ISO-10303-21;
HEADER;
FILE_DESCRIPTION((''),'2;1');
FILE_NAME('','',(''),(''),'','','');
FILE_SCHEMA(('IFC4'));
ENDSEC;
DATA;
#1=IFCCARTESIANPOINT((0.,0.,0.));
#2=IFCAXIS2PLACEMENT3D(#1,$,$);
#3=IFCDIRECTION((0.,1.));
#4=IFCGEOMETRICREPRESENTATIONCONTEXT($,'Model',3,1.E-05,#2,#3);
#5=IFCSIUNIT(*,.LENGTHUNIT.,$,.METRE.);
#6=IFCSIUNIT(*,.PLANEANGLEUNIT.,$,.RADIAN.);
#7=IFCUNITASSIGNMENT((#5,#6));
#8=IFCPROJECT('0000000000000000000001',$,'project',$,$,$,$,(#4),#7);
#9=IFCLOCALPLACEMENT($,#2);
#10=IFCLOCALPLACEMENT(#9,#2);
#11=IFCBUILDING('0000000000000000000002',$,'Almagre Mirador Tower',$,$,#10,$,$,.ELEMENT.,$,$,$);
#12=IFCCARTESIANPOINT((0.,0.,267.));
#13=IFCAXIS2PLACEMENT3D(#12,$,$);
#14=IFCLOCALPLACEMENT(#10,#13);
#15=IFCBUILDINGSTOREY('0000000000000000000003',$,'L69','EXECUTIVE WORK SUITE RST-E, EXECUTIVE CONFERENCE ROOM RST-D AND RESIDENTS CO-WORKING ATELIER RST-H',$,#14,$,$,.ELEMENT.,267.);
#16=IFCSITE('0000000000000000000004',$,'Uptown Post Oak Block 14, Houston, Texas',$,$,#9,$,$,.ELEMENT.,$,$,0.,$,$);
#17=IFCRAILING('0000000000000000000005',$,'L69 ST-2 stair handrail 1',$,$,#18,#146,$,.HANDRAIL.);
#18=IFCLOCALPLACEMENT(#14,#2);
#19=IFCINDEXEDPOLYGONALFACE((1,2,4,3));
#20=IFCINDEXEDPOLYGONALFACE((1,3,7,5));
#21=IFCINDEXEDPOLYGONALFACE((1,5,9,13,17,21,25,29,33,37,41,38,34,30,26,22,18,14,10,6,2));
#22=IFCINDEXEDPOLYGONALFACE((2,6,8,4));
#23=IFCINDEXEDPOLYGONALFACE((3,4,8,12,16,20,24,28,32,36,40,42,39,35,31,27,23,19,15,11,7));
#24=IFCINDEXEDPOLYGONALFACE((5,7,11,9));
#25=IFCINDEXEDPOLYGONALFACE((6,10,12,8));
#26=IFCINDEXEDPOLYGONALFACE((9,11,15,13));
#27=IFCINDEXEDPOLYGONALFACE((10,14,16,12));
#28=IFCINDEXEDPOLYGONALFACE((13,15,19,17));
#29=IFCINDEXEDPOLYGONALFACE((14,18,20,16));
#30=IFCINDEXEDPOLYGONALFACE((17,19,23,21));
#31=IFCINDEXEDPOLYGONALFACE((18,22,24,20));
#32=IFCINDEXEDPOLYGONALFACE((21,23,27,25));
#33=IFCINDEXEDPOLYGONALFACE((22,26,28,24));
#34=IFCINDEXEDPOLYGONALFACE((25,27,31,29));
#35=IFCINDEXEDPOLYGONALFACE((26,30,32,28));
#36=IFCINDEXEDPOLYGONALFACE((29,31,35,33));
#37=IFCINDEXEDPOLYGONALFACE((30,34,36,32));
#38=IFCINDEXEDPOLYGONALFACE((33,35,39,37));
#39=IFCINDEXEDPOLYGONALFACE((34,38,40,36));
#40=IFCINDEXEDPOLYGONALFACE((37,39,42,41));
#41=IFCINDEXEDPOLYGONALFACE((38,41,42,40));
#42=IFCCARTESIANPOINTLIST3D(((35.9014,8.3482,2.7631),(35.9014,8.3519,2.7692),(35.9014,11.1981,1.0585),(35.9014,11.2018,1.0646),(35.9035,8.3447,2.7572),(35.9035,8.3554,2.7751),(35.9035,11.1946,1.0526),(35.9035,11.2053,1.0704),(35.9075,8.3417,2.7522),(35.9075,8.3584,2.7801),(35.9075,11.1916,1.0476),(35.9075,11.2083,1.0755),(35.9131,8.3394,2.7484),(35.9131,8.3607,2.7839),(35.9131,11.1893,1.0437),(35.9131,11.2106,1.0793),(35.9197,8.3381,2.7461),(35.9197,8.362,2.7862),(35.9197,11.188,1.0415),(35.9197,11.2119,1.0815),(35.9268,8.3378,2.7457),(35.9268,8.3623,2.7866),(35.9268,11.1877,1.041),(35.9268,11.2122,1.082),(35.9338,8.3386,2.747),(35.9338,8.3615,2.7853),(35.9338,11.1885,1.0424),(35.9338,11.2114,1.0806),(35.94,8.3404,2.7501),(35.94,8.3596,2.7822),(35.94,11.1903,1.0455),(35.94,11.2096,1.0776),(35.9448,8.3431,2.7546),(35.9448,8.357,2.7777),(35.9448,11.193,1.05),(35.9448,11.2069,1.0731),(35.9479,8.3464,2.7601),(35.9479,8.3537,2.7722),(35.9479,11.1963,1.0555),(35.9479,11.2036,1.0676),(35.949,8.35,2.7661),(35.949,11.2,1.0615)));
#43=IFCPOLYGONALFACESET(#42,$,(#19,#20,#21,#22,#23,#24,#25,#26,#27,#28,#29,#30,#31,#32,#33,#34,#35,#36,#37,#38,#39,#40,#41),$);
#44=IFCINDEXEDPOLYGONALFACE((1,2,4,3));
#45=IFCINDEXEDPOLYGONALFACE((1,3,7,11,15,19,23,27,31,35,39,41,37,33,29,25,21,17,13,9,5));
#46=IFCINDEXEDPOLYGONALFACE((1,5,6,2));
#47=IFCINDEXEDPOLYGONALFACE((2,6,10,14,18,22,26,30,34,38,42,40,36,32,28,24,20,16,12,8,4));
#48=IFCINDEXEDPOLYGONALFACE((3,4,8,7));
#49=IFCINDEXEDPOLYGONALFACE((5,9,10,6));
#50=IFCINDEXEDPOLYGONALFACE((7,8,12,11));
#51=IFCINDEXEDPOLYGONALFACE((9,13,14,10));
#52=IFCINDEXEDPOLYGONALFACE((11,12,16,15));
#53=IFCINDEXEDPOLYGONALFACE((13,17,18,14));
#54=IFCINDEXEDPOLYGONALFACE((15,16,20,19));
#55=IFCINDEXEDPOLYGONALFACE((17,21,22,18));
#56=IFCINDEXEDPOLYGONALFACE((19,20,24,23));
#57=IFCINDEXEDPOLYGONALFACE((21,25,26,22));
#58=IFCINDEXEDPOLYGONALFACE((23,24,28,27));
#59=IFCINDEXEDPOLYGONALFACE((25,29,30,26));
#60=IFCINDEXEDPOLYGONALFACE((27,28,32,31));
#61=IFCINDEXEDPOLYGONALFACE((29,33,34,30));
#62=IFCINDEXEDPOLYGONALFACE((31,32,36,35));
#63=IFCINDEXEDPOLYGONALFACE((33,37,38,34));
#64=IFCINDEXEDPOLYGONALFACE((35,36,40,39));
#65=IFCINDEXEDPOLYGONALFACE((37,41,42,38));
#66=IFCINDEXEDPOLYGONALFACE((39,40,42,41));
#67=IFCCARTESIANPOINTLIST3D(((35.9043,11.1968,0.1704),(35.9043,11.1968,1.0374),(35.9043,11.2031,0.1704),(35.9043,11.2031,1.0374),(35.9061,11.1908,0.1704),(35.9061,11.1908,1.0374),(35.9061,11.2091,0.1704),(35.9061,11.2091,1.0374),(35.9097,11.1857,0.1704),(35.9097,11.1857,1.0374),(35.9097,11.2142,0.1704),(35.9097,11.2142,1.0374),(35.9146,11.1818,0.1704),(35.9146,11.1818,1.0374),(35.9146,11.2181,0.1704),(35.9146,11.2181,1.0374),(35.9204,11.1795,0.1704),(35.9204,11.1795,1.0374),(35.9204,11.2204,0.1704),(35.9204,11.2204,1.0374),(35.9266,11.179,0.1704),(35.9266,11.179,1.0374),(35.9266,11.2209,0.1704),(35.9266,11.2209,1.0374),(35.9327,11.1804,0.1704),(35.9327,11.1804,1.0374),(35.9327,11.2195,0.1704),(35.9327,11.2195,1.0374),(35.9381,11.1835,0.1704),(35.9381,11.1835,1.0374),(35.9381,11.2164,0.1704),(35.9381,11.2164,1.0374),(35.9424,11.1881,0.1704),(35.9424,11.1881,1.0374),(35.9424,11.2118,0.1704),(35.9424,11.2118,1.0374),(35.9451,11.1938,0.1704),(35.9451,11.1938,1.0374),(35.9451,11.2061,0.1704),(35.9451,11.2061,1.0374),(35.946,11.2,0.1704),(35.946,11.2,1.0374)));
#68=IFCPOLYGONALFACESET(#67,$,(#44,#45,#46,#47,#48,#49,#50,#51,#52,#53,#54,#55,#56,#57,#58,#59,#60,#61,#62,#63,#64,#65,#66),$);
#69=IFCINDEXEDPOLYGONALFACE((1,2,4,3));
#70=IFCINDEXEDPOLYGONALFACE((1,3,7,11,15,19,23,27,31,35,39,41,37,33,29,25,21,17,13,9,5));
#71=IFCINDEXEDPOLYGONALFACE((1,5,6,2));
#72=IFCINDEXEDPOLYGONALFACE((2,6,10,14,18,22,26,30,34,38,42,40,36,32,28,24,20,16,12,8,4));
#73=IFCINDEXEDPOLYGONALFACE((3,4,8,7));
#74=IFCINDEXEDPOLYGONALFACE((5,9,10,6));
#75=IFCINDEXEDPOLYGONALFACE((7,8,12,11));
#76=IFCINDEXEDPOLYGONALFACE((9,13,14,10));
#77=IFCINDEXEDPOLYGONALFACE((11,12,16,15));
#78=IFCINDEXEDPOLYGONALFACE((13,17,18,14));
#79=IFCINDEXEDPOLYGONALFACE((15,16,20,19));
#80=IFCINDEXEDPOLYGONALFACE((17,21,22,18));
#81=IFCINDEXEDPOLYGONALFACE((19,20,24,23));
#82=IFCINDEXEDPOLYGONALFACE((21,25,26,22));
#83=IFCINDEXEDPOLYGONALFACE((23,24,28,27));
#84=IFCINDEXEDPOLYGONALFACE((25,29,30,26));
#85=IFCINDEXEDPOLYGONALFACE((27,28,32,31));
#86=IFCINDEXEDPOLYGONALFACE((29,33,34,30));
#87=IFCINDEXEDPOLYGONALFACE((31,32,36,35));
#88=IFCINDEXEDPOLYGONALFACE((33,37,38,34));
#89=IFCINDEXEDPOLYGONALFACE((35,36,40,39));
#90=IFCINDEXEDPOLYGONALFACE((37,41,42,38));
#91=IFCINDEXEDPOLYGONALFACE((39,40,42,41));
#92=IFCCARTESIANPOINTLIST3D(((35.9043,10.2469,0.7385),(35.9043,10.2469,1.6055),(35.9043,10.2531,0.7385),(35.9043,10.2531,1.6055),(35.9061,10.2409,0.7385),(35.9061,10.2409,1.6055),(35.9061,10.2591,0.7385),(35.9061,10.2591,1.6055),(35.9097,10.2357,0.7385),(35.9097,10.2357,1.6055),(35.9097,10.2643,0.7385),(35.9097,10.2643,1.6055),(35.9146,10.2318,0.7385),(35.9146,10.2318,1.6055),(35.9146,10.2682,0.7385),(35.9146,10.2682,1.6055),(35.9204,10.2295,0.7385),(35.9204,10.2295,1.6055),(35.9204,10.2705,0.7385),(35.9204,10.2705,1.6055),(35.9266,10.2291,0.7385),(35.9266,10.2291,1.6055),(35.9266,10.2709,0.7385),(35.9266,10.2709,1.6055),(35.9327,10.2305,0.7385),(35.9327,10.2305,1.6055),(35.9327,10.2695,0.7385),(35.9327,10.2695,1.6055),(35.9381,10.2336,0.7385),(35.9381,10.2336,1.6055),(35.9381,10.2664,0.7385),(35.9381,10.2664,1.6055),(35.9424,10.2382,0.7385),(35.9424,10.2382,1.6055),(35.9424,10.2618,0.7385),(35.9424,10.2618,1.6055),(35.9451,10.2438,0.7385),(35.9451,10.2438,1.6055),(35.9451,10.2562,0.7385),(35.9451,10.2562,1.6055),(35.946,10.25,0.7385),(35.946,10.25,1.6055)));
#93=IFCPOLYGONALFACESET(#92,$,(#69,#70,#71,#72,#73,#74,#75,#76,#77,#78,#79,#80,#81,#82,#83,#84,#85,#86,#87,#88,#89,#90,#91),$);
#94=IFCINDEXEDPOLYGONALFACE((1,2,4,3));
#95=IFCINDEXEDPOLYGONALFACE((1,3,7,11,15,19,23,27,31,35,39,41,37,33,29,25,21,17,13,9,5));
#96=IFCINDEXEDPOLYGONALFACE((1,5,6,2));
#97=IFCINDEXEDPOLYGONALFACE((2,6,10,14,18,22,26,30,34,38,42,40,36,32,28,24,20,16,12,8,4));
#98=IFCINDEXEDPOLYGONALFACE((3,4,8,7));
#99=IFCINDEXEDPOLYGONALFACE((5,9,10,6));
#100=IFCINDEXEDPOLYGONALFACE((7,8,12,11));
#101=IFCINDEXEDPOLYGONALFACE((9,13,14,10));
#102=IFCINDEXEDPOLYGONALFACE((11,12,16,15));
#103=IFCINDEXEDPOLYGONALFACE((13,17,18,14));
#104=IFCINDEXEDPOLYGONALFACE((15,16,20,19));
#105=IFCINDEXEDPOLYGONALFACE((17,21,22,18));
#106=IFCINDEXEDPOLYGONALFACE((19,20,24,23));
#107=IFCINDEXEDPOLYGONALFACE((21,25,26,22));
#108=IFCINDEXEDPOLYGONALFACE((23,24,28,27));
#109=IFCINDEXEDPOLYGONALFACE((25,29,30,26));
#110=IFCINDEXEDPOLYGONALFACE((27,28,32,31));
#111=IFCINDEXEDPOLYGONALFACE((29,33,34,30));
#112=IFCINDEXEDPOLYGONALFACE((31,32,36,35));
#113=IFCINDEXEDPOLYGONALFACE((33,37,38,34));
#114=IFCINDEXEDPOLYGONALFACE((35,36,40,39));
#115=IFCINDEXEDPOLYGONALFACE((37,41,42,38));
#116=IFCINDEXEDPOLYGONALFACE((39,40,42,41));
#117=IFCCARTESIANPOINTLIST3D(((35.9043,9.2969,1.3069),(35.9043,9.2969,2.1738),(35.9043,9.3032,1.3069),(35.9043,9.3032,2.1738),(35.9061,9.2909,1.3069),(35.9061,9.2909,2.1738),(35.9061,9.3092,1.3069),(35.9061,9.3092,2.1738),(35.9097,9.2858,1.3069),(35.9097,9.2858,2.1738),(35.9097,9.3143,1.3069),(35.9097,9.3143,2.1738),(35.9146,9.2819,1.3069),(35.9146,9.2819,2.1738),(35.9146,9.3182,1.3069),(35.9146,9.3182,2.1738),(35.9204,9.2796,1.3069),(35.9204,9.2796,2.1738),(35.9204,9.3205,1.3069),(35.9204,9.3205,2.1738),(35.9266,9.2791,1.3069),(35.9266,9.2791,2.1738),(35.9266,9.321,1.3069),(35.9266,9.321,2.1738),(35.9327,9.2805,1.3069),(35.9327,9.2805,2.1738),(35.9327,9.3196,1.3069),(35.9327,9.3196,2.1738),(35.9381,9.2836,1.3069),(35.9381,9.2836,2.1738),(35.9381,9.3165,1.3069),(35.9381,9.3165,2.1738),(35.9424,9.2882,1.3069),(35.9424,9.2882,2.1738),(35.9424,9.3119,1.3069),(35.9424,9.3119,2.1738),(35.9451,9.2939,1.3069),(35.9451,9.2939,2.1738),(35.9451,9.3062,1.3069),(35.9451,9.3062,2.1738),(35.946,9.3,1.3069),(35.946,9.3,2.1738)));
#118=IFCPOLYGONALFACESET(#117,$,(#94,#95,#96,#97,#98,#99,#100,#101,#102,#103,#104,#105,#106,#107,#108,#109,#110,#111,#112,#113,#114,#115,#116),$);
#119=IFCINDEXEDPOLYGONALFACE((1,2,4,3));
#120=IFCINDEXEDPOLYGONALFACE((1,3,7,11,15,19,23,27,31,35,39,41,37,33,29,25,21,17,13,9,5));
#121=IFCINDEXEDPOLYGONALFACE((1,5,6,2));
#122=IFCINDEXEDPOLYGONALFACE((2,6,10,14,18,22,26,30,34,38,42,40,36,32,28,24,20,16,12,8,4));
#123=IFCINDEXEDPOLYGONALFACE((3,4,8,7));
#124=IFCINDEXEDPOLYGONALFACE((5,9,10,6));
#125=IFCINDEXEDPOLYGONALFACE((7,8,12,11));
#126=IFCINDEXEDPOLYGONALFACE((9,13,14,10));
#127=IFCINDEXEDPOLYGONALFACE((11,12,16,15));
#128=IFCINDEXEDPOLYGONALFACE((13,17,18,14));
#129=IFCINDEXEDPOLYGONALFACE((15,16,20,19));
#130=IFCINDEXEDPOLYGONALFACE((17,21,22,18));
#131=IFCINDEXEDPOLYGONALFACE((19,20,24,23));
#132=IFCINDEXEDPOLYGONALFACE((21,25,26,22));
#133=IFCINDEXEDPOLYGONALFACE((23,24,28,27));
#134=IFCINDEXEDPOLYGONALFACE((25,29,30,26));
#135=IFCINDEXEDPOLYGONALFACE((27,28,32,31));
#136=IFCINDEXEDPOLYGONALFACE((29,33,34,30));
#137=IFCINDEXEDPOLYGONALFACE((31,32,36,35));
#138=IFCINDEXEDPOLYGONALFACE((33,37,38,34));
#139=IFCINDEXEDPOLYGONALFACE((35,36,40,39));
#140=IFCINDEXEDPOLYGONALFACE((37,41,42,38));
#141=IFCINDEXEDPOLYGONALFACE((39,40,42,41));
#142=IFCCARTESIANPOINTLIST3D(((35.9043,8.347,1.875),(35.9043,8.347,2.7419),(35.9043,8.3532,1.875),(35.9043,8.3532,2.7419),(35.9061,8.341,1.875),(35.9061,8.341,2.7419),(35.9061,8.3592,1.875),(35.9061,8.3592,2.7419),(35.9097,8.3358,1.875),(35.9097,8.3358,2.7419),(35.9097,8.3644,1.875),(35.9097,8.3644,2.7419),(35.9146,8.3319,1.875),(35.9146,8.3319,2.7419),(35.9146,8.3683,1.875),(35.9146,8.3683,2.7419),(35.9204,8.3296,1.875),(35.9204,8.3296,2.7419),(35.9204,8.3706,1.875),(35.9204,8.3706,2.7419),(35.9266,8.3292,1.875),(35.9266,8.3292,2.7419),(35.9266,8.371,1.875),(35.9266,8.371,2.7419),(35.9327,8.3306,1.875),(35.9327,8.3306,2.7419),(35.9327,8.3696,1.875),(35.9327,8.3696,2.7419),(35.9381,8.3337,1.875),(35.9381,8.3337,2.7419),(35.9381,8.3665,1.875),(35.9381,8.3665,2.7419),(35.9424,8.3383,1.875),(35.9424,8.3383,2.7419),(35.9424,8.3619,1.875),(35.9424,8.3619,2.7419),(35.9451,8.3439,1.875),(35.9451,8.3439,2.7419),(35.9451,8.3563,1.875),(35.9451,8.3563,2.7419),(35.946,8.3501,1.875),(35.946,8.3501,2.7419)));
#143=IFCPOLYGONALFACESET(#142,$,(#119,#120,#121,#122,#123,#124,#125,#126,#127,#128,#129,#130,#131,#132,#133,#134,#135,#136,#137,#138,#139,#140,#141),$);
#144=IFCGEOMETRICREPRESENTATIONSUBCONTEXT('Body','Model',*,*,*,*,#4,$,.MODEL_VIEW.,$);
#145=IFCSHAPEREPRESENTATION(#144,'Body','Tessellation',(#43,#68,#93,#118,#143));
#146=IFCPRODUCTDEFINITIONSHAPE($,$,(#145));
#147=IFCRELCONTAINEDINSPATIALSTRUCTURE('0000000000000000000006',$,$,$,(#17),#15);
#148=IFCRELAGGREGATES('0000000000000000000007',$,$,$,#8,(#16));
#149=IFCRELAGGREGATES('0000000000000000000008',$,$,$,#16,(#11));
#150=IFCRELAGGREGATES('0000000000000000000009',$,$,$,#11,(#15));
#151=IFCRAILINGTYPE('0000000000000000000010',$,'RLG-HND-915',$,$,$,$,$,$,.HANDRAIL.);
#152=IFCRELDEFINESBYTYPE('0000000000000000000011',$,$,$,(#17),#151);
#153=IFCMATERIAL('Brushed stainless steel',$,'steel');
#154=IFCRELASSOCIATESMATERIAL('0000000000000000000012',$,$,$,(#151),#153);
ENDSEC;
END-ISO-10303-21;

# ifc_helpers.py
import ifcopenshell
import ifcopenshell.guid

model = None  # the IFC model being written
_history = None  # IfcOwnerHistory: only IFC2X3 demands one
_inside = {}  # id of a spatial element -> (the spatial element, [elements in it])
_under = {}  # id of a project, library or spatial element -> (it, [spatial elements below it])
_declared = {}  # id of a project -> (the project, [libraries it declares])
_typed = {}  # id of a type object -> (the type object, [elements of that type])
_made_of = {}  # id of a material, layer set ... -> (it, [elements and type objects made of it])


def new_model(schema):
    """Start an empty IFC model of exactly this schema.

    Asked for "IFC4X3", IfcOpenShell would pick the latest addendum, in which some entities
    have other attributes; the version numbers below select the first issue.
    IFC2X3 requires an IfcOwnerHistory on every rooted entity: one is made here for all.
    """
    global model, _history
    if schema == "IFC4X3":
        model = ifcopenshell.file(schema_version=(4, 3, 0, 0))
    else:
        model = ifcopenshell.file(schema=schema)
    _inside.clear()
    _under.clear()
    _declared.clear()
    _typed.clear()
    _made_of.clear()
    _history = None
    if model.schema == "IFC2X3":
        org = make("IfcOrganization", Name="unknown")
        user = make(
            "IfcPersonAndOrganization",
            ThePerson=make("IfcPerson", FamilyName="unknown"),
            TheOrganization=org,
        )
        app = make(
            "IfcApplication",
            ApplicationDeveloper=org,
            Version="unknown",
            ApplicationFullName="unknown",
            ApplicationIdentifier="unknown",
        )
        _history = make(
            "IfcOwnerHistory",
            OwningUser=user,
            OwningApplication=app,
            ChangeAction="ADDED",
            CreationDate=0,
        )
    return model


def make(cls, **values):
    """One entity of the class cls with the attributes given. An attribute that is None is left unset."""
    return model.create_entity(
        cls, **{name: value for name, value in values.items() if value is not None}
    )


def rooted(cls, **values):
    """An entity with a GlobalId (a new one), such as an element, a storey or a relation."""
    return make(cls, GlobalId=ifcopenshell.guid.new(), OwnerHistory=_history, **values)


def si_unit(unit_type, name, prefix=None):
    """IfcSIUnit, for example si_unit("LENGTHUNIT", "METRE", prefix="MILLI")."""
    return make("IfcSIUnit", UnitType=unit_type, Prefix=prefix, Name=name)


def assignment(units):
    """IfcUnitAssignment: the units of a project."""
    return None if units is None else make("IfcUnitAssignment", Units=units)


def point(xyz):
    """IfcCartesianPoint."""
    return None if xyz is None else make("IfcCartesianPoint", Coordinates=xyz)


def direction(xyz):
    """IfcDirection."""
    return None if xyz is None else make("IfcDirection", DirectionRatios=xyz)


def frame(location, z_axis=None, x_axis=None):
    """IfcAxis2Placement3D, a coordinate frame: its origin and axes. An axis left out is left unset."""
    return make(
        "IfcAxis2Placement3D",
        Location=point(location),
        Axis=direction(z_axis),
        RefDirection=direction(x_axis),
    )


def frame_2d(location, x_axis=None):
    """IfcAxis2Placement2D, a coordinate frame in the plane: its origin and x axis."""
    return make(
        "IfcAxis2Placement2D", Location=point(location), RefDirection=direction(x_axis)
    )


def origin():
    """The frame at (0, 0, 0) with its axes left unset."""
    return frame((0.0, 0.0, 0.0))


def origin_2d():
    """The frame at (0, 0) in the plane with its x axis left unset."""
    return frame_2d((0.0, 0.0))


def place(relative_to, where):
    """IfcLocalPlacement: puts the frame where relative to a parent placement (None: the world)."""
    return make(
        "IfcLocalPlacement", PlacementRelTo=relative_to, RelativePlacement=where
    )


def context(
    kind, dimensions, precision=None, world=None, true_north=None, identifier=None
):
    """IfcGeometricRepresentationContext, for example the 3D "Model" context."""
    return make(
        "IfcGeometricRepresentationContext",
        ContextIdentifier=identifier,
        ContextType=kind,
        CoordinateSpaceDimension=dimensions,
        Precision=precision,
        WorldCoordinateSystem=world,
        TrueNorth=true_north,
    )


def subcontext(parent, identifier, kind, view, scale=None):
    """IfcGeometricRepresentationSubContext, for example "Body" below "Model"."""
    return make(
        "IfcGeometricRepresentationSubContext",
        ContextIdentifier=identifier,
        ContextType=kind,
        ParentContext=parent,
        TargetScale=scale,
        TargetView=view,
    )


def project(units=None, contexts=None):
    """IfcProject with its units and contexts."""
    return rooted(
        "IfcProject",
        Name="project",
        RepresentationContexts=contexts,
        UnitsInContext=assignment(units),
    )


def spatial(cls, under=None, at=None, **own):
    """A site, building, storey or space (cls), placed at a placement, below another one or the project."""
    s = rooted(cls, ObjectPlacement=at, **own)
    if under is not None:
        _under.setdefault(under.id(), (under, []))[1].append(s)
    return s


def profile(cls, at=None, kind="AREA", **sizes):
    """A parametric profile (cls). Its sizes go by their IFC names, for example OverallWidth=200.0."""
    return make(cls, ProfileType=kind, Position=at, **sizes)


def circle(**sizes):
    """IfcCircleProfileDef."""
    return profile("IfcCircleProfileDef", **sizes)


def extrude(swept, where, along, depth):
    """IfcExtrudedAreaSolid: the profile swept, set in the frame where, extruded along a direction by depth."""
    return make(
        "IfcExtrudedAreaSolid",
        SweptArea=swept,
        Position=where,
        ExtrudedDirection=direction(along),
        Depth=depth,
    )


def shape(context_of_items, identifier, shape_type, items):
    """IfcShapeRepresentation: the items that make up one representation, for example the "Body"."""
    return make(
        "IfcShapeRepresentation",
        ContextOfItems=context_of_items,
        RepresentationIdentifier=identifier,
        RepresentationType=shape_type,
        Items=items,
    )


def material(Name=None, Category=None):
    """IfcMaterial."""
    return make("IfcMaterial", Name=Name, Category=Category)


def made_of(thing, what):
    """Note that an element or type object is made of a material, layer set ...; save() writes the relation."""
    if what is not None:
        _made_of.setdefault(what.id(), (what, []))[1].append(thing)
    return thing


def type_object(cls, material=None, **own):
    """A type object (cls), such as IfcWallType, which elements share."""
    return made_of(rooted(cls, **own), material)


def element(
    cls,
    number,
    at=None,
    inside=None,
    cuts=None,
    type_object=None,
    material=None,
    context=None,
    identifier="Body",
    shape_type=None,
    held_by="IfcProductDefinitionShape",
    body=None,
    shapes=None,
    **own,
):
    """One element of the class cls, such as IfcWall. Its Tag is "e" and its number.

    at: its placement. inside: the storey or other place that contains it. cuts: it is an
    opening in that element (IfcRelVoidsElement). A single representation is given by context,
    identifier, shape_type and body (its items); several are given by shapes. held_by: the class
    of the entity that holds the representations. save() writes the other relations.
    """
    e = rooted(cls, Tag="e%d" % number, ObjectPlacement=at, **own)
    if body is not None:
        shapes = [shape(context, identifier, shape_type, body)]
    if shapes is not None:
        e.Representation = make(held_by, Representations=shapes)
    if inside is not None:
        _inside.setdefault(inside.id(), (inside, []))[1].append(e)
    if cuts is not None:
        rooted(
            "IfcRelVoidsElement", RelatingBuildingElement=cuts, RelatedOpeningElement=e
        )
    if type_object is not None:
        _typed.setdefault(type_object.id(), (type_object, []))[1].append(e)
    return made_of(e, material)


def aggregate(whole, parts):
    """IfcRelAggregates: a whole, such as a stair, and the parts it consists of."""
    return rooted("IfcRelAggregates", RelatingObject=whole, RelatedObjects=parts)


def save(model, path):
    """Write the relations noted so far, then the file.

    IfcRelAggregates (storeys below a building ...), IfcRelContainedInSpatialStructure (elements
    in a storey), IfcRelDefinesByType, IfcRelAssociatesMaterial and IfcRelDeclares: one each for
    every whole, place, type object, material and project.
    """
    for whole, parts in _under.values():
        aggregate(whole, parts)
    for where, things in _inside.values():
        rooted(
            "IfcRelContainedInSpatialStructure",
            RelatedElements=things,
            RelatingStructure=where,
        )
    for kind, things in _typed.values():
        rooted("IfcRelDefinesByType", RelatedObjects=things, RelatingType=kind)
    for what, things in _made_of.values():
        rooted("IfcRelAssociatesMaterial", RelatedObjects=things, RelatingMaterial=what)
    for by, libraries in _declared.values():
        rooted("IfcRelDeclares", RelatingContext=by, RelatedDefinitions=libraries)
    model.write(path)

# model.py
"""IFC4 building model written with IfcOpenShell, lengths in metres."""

from ifc_helpers import new_model, si_unit, direction, frame, origin, origin_2d, place, context, subcontext, project, spatial, circle, extrude, material, type_object, element, save


model = new_model("IFC4")

# Units and contexts
model_context = context("Model", 3, precision=1e-05, world=origin(), true_north=direction((0.0, 1.0)))
body_context = subcontext(model_context, "Body", "Model", "MODEL_VIEW")
ifc_project = project(units=[si_unit("LENGTHUNIT", "METRE"), si_unit("PLANEANGLEUNIT", "RADIAN")], contexts=[model_context])

# Site, building, storey
site_placement = place(None, origin())
site = spatial("IfcSite", under=ifc_project, at=site_placement, Name="Uptown Post Oak Block 14, Houston, Texas", CompositionType="ELEMENT", RefElevation=0.0)
building_placement = place(site_placement, origin())
building = spatial("IfcBuilding", under=site, at=building_placement, Name="Almagre Mirador Tower", CompositionType="ELEMENT")
storey_placement = place(building_placement, frame((0.0, 0.0, 267.0)))
storey = spatial("IfcBuildingStorey", under=building, at=storey_placement, Name="L69", Description="EXECUTIVE WORK SUITE RST-E, EXECUTIVE CONFERENCE ROOM RST-D AND RESIDENTS CO-WORKING ATELIER RST-H", CompositionType="ELEMENT", Elevation=267.0)

# Railing
ifc_material_1 = material(Name="Brushed stainless steel", Category="steel")
railing_type_1 = type_object("IfcRailingType", Name="RLG-HND-915", PredefinedType="HANDRAIL", material=ifc_material_1)
railing_1_placement = place(storey_placement, frame((35.925, 11.2, 0.1704)))
element("IfcRailing", 1, at=railing_1_placement, inside=storey, type_object=railing_type_1, Name="L69 ST-2 stair handrail 1", PredefinedType="HANDRAIL", context=body_context, shape_type="SweptSolid", body=[
    extrude(circle(Radius=0.0239, at=origin_2d()), frame((0.0, 0.0, 0.8911), z_axis=(0.0, -0.858199, 0.513317), x_axis=(1.0, 0.0, 0.0)), (0.0, 0.0, 1.0), 3.3208),
    extrude(circle(Radius=0.021, at=origin_2d()), origin(), (0.0, 0.0, 1.0), 0.8669),
    extrude(circle(Radius=0.021, at=origin_2d()), frame((0.0, -0.95, 0.5681)), (0.0, 0.0, 1.0), 0.8669),
    extrude(circle(Radius=0.021, at=origin_2d()), frame((0.0, -1.8999, 1.1365)), (0.0, 0.0, 1.0), 0.8669),
    extrude(circle(Radius=0.021, at=origin_2d()), frame((0.0, -2.8499, 1.7046)), (0.0, 0.0, 1.0), 0.8669),
])

save(model, "model.ifc")
